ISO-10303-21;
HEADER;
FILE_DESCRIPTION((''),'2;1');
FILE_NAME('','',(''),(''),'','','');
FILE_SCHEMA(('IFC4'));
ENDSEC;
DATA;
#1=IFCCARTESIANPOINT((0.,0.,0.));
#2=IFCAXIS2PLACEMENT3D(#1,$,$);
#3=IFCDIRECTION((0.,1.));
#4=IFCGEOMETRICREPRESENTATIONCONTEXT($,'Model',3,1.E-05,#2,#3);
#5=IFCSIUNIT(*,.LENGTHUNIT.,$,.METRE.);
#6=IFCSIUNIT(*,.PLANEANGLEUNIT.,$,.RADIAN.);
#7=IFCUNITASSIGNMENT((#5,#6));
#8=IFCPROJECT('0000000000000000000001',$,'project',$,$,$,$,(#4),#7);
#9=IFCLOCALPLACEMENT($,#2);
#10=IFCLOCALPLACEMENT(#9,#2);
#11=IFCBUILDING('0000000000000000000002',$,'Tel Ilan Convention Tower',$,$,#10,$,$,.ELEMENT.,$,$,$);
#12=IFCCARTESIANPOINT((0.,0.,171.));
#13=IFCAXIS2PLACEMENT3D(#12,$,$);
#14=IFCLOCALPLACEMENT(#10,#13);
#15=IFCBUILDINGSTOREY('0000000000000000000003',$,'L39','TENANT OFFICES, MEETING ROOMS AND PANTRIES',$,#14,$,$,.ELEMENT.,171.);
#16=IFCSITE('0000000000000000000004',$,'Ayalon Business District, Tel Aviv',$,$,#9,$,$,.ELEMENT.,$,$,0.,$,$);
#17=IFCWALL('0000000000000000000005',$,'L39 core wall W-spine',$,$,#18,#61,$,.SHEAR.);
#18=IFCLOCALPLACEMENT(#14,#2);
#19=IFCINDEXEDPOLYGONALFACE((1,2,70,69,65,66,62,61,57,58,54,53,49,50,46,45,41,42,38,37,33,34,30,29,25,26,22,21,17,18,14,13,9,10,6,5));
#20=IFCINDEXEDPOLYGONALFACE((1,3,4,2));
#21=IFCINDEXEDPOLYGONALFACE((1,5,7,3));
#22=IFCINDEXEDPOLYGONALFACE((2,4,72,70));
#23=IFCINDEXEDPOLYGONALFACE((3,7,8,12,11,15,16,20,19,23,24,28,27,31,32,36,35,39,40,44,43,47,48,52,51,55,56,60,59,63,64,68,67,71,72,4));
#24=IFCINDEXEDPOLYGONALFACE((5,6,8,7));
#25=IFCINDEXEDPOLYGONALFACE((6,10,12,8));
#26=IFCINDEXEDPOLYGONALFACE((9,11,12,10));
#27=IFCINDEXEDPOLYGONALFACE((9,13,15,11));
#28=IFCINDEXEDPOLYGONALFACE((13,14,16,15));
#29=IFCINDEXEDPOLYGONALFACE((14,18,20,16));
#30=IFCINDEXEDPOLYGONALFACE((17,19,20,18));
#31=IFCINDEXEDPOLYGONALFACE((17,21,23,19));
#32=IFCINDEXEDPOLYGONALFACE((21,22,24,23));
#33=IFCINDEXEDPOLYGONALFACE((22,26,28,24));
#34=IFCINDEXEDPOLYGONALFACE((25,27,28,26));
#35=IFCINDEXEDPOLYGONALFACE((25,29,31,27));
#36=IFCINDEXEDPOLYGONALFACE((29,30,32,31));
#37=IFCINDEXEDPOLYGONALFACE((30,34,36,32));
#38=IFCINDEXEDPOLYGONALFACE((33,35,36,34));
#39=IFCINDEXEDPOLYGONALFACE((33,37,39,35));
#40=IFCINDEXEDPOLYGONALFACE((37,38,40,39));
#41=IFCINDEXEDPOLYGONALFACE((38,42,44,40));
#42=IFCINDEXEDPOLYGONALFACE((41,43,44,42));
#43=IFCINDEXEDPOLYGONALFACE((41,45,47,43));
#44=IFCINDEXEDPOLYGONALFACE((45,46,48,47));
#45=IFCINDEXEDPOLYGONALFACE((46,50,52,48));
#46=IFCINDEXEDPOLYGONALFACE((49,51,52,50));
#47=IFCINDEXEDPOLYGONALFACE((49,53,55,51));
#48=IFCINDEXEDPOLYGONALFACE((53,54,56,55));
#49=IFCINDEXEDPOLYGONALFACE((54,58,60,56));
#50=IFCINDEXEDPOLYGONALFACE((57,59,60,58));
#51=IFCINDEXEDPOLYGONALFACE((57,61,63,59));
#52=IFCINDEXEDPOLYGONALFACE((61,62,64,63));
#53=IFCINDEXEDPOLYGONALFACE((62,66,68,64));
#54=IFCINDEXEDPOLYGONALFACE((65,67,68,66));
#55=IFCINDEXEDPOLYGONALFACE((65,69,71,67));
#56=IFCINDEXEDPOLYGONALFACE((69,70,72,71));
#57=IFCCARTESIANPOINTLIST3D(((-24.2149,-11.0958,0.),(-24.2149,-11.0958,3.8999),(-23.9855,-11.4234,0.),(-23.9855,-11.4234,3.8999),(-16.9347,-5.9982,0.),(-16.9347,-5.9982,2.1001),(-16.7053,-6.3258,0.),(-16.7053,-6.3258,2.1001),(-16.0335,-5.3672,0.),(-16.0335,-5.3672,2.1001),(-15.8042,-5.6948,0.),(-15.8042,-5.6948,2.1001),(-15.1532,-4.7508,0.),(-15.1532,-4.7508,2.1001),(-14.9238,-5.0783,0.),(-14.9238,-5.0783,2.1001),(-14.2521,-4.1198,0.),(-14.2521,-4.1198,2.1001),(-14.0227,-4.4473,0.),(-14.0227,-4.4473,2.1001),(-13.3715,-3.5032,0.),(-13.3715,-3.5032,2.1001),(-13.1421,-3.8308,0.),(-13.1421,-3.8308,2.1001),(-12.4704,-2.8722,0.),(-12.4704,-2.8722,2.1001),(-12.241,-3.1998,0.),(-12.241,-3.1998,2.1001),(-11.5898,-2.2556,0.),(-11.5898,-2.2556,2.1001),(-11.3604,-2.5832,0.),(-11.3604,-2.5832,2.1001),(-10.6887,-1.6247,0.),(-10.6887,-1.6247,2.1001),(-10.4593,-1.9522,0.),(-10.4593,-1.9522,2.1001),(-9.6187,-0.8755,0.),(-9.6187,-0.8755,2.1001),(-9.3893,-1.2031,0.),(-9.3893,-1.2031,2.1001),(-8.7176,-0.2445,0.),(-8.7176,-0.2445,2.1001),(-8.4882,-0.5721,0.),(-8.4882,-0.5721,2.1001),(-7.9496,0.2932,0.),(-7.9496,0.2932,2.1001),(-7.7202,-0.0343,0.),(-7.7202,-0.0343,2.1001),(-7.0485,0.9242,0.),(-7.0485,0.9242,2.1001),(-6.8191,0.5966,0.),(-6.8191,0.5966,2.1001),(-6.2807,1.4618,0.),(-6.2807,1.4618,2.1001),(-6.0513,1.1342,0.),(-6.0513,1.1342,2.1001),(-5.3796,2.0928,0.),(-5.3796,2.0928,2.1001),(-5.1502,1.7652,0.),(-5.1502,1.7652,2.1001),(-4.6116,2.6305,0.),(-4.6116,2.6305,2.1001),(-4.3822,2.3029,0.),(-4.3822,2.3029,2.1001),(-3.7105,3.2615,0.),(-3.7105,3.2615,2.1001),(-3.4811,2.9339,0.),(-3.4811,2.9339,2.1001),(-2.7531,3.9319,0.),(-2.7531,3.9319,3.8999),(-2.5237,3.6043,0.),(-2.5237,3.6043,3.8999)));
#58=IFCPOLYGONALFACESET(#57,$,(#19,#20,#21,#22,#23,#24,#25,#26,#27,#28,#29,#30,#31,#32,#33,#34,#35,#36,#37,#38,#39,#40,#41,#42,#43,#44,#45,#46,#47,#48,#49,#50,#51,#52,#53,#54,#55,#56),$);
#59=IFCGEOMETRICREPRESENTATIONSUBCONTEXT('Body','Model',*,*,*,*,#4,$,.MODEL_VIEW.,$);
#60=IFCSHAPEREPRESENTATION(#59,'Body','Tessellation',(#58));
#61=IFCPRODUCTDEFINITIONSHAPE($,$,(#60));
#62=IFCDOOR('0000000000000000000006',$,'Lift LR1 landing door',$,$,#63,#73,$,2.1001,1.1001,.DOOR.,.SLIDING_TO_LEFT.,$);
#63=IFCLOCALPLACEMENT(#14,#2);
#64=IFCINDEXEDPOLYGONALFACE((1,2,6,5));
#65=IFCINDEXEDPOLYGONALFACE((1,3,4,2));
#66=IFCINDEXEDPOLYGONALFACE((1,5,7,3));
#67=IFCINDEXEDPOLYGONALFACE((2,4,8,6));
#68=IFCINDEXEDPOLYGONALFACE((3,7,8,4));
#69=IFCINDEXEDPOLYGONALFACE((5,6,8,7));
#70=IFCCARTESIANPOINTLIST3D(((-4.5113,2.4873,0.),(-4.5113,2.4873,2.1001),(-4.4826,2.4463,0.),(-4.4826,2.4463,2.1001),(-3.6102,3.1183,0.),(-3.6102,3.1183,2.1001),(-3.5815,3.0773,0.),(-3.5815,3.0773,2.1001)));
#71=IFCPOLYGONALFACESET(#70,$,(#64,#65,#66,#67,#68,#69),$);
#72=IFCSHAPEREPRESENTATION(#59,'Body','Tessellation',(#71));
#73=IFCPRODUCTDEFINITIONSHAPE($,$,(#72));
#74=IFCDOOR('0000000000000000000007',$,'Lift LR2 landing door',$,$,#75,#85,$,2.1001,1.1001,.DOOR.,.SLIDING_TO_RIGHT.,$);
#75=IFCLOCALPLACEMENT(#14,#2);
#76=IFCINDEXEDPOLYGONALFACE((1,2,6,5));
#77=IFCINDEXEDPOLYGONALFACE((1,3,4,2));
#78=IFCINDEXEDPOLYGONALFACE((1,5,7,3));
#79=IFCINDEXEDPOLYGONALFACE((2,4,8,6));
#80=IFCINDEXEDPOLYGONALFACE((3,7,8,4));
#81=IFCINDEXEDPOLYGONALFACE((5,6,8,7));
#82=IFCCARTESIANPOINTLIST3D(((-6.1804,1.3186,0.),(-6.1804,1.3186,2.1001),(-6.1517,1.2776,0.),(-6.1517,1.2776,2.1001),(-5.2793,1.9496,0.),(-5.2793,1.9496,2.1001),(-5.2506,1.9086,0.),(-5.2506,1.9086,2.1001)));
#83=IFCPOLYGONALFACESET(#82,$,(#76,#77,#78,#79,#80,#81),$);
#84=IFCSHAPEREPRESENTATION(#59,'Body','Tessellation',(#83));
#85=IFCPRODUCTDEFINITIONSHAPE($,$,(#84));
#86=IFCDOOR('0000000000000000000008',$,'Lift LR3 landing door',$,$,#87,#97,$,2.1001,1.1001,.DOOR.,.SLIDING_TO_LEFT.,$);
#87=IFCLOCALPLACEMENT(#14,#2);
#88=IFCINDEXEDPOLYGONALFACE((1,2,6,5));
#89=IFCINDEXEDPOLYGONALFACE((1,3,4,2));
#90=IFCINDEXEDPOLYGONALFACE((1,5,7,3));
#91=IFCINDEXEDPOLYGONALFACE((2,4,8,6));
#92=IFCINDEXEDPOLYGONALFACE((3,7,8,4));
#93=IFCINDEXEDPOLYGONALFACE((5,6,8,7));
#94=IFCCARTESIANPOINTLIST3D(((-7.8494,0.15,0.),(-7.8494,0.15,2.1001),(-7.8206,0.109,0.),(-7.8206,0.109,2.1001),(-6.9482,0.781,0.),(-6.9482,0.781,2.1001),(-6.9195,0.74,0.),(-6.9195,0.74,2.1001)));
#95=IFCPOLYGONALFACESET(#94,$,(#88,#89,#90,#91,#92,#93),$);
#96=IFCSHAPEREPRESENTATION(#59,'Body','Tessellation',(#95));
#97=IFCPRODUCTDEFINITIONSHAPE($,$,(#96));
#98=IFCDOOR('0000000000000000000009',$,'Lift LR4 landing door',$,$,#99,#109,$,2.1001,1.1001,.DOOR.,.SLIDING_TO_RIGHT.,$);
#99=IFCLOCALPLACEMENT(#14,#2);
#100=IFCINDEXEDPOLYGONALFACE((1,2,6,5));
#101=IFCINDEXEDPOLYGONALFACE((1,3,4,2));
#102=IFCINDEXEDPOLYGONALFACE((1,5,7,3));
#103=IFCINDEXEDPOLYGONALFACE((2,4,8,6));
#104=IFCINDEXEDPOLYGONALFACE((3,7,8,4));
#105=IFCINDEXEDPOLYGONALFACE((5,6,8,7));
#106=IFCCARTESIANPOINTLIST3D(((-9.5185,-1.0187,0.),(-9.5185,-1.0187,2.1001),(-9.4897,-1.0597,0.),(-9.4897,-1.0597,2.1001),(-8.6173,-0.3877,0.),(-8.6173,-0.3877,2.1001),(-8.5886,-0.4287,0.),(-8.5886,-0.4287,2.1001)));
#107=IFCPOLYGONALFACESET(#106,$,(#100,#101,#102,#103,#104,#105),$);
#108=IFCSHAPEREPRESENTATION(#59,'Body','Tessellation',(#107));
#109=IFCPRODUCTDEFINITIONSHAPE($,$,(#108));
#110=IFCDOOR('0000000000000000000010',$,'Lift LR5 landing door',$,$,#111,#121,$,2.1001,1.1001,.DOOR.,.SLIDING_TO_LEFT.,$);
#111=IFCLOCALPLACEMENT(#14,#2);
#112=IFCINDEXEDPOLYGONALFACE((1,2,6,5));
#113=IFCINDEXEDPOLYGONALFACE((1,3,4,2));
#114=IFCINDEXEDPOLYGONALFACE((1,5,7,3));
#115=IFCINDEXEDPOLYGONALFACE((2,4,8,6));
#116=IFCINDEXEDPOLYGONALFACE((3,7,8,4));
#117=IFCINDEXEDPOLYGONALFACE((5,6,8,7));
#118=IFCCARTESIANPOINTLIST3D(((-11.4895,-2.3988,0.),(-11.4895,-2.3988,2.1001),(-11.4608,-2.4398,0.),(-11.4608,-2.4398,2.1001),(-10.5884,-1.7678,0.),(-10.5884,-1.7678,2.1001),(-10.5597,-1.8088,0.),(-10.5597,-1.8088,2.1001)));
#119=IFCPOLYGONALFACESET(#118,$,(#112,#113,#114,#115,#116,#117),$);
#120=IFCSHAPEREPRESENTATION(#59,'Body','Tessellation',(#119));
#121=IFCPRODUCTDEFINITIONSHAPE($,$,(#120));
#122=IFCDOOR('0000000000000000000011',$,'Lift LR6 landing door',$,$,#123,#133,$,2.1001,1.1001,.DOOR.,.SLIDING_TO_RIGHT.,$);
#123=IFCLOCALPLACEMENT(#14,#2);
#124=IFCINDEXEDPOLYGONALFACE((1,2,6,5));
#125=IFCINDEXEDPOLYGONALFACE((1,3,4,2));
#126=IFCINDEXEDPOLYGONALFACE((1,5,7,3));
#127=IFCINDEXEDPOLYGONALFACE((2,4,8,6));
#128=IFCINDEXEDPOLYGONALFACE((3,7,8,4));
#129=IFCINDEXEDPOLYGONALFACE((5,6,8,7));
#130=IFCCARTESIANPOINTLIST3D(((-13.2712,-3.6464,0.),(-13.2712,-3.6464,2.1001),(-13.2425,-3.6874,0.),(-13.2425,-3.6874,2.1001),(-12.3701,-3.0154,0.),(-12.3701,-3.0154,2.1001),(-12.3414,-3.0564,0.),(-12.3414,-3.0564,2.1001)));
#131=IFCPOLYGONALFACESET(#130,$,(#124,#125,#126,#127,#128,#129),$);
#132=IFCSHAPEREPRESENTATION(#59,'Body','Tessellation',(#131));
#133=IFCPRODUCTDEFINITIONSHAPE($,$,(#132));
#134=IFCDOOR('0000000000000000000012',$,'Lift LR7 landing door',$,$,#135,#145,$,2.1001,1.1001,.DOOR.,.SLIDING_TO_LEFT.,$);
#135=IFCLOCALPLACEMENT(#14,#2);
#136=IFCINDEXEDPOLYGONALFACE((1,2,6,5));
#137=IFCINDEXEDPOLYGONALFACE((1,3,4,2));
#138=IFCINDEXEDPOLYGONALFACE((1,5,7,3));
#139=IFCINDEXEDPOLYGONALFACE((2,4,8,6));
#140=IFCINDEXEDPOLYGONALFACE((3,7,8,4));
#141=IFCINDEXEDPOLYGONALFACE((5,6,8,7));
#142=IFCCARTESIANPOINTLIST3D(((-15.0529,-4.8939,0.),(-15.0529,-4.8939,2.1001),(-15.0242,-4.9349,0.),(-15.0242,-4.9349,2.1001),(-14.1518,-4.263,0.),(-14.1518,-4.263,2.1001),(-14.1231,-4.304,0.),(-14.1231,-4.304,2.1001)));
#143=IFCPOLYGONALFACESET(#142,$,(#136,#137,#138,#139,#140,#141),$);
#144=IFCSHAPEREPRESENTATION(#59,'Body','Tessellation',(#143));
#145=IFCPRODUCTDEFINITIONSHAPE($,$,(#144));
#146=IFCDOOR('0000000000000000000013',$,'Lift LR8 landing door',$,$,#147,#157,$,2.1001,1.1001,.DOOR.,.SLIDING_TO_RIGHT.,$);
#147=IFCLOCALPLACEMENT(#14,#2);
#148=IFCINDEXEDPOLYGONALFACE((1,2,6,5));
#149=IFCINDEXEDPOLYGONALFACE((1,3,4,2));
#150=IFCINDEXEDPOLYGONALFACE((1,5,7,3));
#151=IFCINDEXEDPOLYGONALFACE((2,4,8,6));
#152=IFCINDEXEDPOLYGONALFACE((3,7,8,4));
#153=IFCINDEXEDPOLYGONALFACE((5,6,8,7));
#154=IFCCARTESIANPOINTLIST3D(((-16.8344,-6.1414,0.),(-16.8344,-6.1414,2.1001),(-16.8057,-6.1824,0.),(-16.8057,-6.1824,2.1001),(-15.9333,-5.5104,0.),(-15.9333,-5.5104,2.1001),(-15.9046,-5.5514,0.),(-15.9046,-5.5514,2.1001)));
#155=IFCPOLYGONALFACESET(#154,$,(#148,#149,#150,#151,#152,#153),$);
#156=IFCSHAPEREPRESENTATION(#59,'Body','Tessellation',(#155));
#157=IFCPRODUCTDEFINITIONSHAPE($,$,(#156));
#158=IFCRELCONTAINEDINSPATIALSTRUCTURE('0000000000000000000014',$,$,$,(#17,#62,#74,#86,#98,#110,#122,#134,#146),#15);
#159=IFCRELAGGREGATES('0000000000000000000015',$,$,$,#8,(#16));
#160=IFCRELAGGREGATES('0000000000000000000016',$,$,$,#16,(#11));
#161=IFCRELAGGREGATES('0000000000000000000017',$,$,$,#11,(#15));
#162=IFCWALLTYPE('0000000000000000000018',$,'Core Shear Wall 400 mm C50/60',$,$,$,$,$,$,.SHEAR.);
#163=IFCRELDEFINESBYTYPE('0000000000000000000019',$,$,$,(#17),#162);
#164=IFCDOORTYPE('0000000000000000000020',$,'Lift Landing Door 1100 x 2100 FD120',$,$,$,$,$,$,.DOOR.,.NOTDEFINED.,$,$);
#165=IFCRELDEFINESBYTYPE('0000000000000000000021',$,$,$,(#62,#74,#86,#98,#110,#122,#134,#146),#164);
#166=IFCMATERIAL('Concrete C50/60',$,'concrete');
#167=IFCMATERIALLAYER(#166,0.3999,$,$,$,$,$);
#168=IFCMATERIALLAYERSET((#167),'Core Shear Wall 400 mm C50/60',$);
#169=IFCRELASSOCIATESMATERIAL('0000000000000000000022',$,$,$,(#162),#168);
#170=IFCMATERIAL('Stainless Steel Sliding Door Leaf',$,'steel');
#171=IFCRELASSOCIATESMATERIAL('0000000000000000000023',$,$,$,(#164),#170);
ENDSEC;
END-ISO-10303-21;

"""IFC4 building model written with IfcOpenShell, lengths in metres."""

from ifc_helpers import new_model, si_unit, direction, frame, frame_2d, origin, place, context, subcontext, project, spatial, polyline, rectangle, outline, extrude, material, layer, layer_set, type_object, element, fill, save


model = new_model("IFC4")

# Units and contexts
model_context = context("Model", 3, precision=1e-05, world=origin(), true_north=direction((0.0, 1.0)))
body_context = subcontext(model_context, "Body", "Model", "MODEL_VIEW")
ifc_project = project(units=[si_unit("LENGTHUNIT", "METRE"), si_unit("PLANEANGLEUNIT", "RADIAN")], contexts=[model_context])

# Site, building, storey
site_placement = place(None, origin())
site = spatial("IfcSite", under=ifc_project, at=site_placement, Name="Ayalon Business District, Tel Aviv", CompositionType="ELEMENT", RefElevation=0.0)
building_placement = place(site_placement, origin())
building = spatial("IfcBuilding", under=site, at=building_placement, Name="Tel Ilan Convention Tower", CompositionType="ELEMENT")
storey_placement = place(building_placement, frame((0.0, 0.0, 171.0)))
storey = spatial("IfcBuildingStorey", under=building, at=storey_placement, Name="L39", Description="TENANT OFFICES, MEETING ROOMS AND PANTRIES", CompositionType="ELEMENT", Elevation=171.0)

# Wall, openings, doors
ifc_material_1 = material(Name="Concrete C50/60", Category="concrete")
ifc_layer_1 = layer(ifc_material_1, 0.3999)
ifc_layer_set_1 = layer_set([ifc_layer_1], Name="Core Shear Wall 400 mm C50/60")
wall_type_1 = type_object("IfcWallType", Name="Core Shear Wall 400 mm C50/60", PredefinedType="SHEAR", material=ifc_layer_set_1)
wall_1_placement = place(storey_placement, frame((-2.6384, 3.7681, 0.0), z_axis=(0.0, 0.0, 1.0), x_axis=(-0.819153, -0.573576, 0.0)))
wall_1 = element("IfcWall", 1, at=wall_1_placement, inside=storey, type_object=wall_type_1, Name="L39 core wall W-spine", PredefinedType="SHEAR", context=body_context, shape_type="SweptSolid", body=[
    extrude(outline(polyline([(26.2, 0.2), (0.0, 0.2), (0.0, -0.2), (26.2, -0.2), (26.2, 0.2)])), origin(), (0.0, 0.0, 1.0), 3.8999),
])
opening_1_placement = place(wall_1_placement, frame((1.1687, 0.0, 0.0)))
opening_1 = element("IfcOpeningElement", 2, at=opening_1_placement, cuts=wall_1, PredefinedType="OPENING", context=body_context, shape_type="SweptSolid", body=[
    extrude(rectangle(XDim=1.1001, YDim=2.1001, at=frame_2d((0.55, 1.05))), frame((0.0, 0.21, 0.0), z_axis=(0.0, -1.0, 0.0), x_axis=(1.0, 0.0, 0.0)), (0.0, 0.0, 1.0), 0.4199),
])
opening_2_placement = place(wall_1_placement, frame((3.2063, 0.0, 0.0)))
opening_2 = element("IfcOpeningElement", 3, at=opening_2_placement, cuts=wall_1, PredefinedType="OPENING", context=body_context, shape_type="SweptSolid", body=[
    extrude(rectangle(XDim=1.1001, YDim=2.1001, at=frame_2d((0.55, 1.05))), frame((0.0, 0.21, 0.0), z_axis=(0.0, -1.0, 0.0), x_axis=(1.0, 0.0, 0.0)), (0.0, 0.0, 1.0), 0.4199),
])
opening_3_placement = place(wall_1_placement, frame((5.2437, 0.0, 0.0)))
opening_3 = element("IfcOpeningElement", 4, at=opening_3_placement, cuts=wall_1, PredefinedType="OPENING", context=body_context, shape_type="SweptSolid", body=[
    extrude(rectangle(XDim=1.1001, YDim=2.1001, at=frame_2d((0.55, 1.05))), frame((0.0, 0.21, 0.0), z_axis=(0.0, -1.0, 0.0), x_axis=(1.0, 0.0, 0.0)), (0.0, 0.0, 1.0), 0.4199),
])
opening_4_placement = place(wall_1_placement, frame((7.2812, 0.0, 0.0)))
opening_4 = element("IfcOpeningElement", 5, at=opening_4_placement, cuts=wall_1, PredefinedType="OPENING", context=body_context, shape_type="SweptSolid", body=[
    extrude(rectangle(XDim=1.1001, YDim=2.1001, at=frame_2d((0.55, 1.05))), frame((0.0, 0.21, 0.0), z_axis=(0.0, -1.0, 0.0), x_axis=(1.0, 0.0, 0.0)), (0.0, 0.0, 1.0), 0.4199),
])
opening_5_placement = place(wall_1_placement, frame((9.6875, 0.0, 0.0)))
opening_5 = element("IfcOpeningElement", 6, at=opening_5_placement, cuts=wall_1, PredefinedType="OPENING", context=body_context, shape_type="SweptSolid", body=[
    extrude(rectangle(XDim=1.1001, YDim=2.1001, at=frame_2d((0.55, 1.05))), frame((0.0, 0.21, 0.0), z_axis=(0.0, -1.0, 0.0), x_axis=(1.0, 0.0, 0.0)), (0.0, 0.0, 1.0), 0.4199),
])
opening_6_placement = place(wall_1_placement, frame((11.8625, 0.0, 0.0)))
opening_6 = element("IfcOpeningElement", 7, at=opening_6_placement, cuts=wall_1, PredefinedType="OPENING", context=body_context, shape_type="SweptSolid", body=[
    extrude(rectangle(XDim=1.1001, YDim=2.1001, at=frame_2d((0.55, 1.05))), frame((0.0, 0.21, 0.0), z_axis=(0.0, -1.0, 0.0), x_axis=(1.0, 0.0, 0.0)), (0.0, 0.0, 1.0), 0.4199),
])
opening_7_placement = place(wall_1_placement, frame((14.0376, 0.0, 0.0)))
opening_7 = element("IfcOpeningElement", 8, at=opening_7_placement, cuts=wall_1, PredefinedType="OPENING", context=body_context, shape_type="SweptSolid", body=[
    extrude(rectangle(XDim=1.1001, YDim=2.1001, at=frame_2d((0.55, 1.05))), frame((0.0, 0.21, 0.0), z_axis=(0.0, -1.0, 0.0), x_axis=(1.0, 0.0, 0.0)), (0.0, 0.0, 1.0), 0.4199),
])
opening_8_placement = place(wall_1_placement, frame((16.2124, 0.0, 0.0)))
opening_8 = element("IfcOpeningElement", 9, at=opening_8_placement, cuts=wall_1, PredefinedType="OPENING", context=body_context, shape_type="SweptSolid", body=[
    extrude(rectangle(XDim=1.1001, YDim=2.1001, at=frame_2d((0.55, 1.05))), frame((0.0, 0.21, 0.0), z_axis=(0.0, -1.0, 0.0), x_axis=(1.0, 0.0, 0.0)), (0.0, 0.0, 1.0), 0.4199),
])
ifc_material_2 = material(Name="Stainless Steel Sliding Door Leaf", Category="steel")
door_type = type_object("IfcDoorType", Name="Lift Landing Door 1100 x 2100 FD120", OperationType="NOTDEFINED", PredefinedType="DOOR", material=ifc_material_2)
door_1_placement = place(opening_1_placement, origin())
door_1 = element("IfcDoor", 10, at=door_1_placement, inside=storey, type_object=door_type, Name="Lift LR1 landing door", OperationType="SLIDING_TO_LEFT", OverallHeight=2.1001, OverallWidth=1.1001, PredefinedType="DOOR", context=body_context, shape_type="SweptSolid", body=[
    extrude(rectangle(XDim=1.1001, YDim=2.1001, at=frame_2d((0.55, 1.05))), frame((0.0, 0.0249, 0.0), z_axis=(0.0, -1.0, 0.0), x_axis=(1.0, 0.0, 0.0)), (0.0, 0.0, 1.0), 0.05),
])
fill(opening_1, door_1)
door_2_placement = place(opening_2_placement, origin())
door_2 = element("IfcDoor", 11, at=door_2_placement, inside=storey, type_object=door_type, Name="Lift LR2 landing door", OperationType="SLIDING_TO_RIGHT", OverallHeight=2.1001, OverallWidth=1.1001, PredefinedType="DOOR", context=body_context, shape_type="SweptSolid", body=[
    extrude(rectangle(XDim=1.1001, YDim=2.1001, at=frame_2d((0.55, 1.05))), frame((0.0, 0.0249, 0.0), z_axis=(0.0, -1.0, 0.0), x_axis=(1.0, 0.0, 0.0)), (0.0, 0.0, 1.0), 0.05),
])
fill(opening_2, door_2)
door_3_placement = place(opening_3_placement, origin())
door_3 = element("IfcDoor", 12, at=door_3_placement, inside=storey, type_object=door_type, Name="Lift LR3 landing door", OperationType="SLIDING_TO_LEFT", OverallHeight=2.1001, OverallWidth=1.1001, PredefinedType="DOOR", context=body_context, shape_type="SweptSolid", body=[
    extrude(rectangle(XDim=1.1001, YDim=2.1001, at=frame_2d((0.55, 1.05))), frame((0.0, 0.0249, 0.0), z_axis=(0.0, -1.0, 0.0), x_axis=(1.0, 0.0, 0.0)), (0.0, 0.0, 1.0), 0.05),
])
fill(opening_3, door_3)
door_4_placement = place(opening_4_placement, origin())
door_4 = element("IfcDoor", 13, at=door_4_placement, inside=storey, type_object=door_type, Name="Lift LR4 landing door", OperationType="SLIDING_TO_RIGHT", OverallHeight=2.1001, OverallWidth=1.1001, PredefinedType="DOOR", context=body_context, shape_type="SweptSolid", body=[
    extrude(rectangle(XDim=1.1001, YDim=2.1001, at=frame_2d((0.55, 1.05))), frame((0.0, 0.0249, 0.0), z_axis=(0.0, -1.0, 0.0), x_axis=(1.0, 0.0, 0.0)), (0.0, 0.0, 1.0), 0.05),
])
fill(opening_4, door_4)
door_5_placement = place(opening_5_placement, origin())
door_5 = element("IfcDoor", 14, at=door_5_placement, inside=storey, type_object=door_type, Name="Lift LR5 landing door", OperationType="SLIDING_TO_LEFT", OverallHeight=2.1001, OverallWidth=1.1001, PredefinedType="DOOR", context=body_context, shape_type="SweptSolid", body=[
    extrude(rectangle(XDim=1.1001, YDim=2.1001, at=frame_2d((0.55, 1.05))), frame((0.0, 0.0249, 0.0), z_axis=(0.0, -1.0, 0.0), x_axis=(1.0, 0.0, 0.0)), (0.0, 0.0, 1.0), 0.05),
])
fill(opening_5, door_5)
door_6_placement = place(opening_6_placement, origin())
door_6 = element("IfcDoor", 15, at=door_6_placement, inside=storey, type_object=door_type, Name="Lift LR6 landing door", OperationType="SLIDING_TO_RIGHT", OverallHeight=2.1001, OverallWidth=1.1001, PredefinedType="DOOR", context=body_context, shape_type="SweptSolid", body=[
    extrude(rectangle(XDim=1.1001, YDim=2.1001, at=frame_2d((0.55, 1.05))), frame((0.0, 0.0249, 0.0), z_axis=(0.0, -1.0, 0.0), x_axis=(1.0, 0.0, 0.0)), (0.0, 0.0, 1.0), 0.05),
])
fill(opening_6, door_6)
door_7_placement = place(opening_7_placement, origin())
door_7 = element("IfcDoor", 16, at=door_7_placement, inside=storey, type_object=door_type, Name="Lift LR7 landing door", OperationType="SLIDING_TO_LEFT", OverallHeight=2.1001, OverallWidth=1.1001, PredefinedType="DOOR", context=body_context, shape_type="SweptSolid", body=[
    extrude(rectangle(XDim=1.1001, YDim=2.1001, at=frame_2d((0.55, 1.05))), frame((0.0, 0.0249, 0.0), z_axis=(0.0, -1.0, 0.0), x_axis=(1.0, 0.0, 0.0)), (0.0, 0.0, 1.0), 0.05),
])
fill(opening_7, door_7)
door_8_placement = place(opening_8_placement, origin())
door_8 = element("IfcDoor", 17, at=door_8_placement, inside=storey, type_object=door_type, Name="Lift LR8 landing door", OperationType="SLIDING_TO_RIGHT", OverallHeight=2.1001, OverallWidth=1.1001, PredefinedType="DOOR", context=body_context, shape_type="SweptSolid", body=[
    extrude(rectangle(XDim=1.1001, YDim=2.1001, at=frame_2d((0.55, 1.05))), frame((0.0, 0.0249, 0.0), z_axis=(0.0, -1.0, 0.0), x_axis=(1.0, 0.0, 0.0)), (0.0, 0.0, 1.0), 0.05),
])
fill(opening_8, door_8)

save(model, "model.ifc")
